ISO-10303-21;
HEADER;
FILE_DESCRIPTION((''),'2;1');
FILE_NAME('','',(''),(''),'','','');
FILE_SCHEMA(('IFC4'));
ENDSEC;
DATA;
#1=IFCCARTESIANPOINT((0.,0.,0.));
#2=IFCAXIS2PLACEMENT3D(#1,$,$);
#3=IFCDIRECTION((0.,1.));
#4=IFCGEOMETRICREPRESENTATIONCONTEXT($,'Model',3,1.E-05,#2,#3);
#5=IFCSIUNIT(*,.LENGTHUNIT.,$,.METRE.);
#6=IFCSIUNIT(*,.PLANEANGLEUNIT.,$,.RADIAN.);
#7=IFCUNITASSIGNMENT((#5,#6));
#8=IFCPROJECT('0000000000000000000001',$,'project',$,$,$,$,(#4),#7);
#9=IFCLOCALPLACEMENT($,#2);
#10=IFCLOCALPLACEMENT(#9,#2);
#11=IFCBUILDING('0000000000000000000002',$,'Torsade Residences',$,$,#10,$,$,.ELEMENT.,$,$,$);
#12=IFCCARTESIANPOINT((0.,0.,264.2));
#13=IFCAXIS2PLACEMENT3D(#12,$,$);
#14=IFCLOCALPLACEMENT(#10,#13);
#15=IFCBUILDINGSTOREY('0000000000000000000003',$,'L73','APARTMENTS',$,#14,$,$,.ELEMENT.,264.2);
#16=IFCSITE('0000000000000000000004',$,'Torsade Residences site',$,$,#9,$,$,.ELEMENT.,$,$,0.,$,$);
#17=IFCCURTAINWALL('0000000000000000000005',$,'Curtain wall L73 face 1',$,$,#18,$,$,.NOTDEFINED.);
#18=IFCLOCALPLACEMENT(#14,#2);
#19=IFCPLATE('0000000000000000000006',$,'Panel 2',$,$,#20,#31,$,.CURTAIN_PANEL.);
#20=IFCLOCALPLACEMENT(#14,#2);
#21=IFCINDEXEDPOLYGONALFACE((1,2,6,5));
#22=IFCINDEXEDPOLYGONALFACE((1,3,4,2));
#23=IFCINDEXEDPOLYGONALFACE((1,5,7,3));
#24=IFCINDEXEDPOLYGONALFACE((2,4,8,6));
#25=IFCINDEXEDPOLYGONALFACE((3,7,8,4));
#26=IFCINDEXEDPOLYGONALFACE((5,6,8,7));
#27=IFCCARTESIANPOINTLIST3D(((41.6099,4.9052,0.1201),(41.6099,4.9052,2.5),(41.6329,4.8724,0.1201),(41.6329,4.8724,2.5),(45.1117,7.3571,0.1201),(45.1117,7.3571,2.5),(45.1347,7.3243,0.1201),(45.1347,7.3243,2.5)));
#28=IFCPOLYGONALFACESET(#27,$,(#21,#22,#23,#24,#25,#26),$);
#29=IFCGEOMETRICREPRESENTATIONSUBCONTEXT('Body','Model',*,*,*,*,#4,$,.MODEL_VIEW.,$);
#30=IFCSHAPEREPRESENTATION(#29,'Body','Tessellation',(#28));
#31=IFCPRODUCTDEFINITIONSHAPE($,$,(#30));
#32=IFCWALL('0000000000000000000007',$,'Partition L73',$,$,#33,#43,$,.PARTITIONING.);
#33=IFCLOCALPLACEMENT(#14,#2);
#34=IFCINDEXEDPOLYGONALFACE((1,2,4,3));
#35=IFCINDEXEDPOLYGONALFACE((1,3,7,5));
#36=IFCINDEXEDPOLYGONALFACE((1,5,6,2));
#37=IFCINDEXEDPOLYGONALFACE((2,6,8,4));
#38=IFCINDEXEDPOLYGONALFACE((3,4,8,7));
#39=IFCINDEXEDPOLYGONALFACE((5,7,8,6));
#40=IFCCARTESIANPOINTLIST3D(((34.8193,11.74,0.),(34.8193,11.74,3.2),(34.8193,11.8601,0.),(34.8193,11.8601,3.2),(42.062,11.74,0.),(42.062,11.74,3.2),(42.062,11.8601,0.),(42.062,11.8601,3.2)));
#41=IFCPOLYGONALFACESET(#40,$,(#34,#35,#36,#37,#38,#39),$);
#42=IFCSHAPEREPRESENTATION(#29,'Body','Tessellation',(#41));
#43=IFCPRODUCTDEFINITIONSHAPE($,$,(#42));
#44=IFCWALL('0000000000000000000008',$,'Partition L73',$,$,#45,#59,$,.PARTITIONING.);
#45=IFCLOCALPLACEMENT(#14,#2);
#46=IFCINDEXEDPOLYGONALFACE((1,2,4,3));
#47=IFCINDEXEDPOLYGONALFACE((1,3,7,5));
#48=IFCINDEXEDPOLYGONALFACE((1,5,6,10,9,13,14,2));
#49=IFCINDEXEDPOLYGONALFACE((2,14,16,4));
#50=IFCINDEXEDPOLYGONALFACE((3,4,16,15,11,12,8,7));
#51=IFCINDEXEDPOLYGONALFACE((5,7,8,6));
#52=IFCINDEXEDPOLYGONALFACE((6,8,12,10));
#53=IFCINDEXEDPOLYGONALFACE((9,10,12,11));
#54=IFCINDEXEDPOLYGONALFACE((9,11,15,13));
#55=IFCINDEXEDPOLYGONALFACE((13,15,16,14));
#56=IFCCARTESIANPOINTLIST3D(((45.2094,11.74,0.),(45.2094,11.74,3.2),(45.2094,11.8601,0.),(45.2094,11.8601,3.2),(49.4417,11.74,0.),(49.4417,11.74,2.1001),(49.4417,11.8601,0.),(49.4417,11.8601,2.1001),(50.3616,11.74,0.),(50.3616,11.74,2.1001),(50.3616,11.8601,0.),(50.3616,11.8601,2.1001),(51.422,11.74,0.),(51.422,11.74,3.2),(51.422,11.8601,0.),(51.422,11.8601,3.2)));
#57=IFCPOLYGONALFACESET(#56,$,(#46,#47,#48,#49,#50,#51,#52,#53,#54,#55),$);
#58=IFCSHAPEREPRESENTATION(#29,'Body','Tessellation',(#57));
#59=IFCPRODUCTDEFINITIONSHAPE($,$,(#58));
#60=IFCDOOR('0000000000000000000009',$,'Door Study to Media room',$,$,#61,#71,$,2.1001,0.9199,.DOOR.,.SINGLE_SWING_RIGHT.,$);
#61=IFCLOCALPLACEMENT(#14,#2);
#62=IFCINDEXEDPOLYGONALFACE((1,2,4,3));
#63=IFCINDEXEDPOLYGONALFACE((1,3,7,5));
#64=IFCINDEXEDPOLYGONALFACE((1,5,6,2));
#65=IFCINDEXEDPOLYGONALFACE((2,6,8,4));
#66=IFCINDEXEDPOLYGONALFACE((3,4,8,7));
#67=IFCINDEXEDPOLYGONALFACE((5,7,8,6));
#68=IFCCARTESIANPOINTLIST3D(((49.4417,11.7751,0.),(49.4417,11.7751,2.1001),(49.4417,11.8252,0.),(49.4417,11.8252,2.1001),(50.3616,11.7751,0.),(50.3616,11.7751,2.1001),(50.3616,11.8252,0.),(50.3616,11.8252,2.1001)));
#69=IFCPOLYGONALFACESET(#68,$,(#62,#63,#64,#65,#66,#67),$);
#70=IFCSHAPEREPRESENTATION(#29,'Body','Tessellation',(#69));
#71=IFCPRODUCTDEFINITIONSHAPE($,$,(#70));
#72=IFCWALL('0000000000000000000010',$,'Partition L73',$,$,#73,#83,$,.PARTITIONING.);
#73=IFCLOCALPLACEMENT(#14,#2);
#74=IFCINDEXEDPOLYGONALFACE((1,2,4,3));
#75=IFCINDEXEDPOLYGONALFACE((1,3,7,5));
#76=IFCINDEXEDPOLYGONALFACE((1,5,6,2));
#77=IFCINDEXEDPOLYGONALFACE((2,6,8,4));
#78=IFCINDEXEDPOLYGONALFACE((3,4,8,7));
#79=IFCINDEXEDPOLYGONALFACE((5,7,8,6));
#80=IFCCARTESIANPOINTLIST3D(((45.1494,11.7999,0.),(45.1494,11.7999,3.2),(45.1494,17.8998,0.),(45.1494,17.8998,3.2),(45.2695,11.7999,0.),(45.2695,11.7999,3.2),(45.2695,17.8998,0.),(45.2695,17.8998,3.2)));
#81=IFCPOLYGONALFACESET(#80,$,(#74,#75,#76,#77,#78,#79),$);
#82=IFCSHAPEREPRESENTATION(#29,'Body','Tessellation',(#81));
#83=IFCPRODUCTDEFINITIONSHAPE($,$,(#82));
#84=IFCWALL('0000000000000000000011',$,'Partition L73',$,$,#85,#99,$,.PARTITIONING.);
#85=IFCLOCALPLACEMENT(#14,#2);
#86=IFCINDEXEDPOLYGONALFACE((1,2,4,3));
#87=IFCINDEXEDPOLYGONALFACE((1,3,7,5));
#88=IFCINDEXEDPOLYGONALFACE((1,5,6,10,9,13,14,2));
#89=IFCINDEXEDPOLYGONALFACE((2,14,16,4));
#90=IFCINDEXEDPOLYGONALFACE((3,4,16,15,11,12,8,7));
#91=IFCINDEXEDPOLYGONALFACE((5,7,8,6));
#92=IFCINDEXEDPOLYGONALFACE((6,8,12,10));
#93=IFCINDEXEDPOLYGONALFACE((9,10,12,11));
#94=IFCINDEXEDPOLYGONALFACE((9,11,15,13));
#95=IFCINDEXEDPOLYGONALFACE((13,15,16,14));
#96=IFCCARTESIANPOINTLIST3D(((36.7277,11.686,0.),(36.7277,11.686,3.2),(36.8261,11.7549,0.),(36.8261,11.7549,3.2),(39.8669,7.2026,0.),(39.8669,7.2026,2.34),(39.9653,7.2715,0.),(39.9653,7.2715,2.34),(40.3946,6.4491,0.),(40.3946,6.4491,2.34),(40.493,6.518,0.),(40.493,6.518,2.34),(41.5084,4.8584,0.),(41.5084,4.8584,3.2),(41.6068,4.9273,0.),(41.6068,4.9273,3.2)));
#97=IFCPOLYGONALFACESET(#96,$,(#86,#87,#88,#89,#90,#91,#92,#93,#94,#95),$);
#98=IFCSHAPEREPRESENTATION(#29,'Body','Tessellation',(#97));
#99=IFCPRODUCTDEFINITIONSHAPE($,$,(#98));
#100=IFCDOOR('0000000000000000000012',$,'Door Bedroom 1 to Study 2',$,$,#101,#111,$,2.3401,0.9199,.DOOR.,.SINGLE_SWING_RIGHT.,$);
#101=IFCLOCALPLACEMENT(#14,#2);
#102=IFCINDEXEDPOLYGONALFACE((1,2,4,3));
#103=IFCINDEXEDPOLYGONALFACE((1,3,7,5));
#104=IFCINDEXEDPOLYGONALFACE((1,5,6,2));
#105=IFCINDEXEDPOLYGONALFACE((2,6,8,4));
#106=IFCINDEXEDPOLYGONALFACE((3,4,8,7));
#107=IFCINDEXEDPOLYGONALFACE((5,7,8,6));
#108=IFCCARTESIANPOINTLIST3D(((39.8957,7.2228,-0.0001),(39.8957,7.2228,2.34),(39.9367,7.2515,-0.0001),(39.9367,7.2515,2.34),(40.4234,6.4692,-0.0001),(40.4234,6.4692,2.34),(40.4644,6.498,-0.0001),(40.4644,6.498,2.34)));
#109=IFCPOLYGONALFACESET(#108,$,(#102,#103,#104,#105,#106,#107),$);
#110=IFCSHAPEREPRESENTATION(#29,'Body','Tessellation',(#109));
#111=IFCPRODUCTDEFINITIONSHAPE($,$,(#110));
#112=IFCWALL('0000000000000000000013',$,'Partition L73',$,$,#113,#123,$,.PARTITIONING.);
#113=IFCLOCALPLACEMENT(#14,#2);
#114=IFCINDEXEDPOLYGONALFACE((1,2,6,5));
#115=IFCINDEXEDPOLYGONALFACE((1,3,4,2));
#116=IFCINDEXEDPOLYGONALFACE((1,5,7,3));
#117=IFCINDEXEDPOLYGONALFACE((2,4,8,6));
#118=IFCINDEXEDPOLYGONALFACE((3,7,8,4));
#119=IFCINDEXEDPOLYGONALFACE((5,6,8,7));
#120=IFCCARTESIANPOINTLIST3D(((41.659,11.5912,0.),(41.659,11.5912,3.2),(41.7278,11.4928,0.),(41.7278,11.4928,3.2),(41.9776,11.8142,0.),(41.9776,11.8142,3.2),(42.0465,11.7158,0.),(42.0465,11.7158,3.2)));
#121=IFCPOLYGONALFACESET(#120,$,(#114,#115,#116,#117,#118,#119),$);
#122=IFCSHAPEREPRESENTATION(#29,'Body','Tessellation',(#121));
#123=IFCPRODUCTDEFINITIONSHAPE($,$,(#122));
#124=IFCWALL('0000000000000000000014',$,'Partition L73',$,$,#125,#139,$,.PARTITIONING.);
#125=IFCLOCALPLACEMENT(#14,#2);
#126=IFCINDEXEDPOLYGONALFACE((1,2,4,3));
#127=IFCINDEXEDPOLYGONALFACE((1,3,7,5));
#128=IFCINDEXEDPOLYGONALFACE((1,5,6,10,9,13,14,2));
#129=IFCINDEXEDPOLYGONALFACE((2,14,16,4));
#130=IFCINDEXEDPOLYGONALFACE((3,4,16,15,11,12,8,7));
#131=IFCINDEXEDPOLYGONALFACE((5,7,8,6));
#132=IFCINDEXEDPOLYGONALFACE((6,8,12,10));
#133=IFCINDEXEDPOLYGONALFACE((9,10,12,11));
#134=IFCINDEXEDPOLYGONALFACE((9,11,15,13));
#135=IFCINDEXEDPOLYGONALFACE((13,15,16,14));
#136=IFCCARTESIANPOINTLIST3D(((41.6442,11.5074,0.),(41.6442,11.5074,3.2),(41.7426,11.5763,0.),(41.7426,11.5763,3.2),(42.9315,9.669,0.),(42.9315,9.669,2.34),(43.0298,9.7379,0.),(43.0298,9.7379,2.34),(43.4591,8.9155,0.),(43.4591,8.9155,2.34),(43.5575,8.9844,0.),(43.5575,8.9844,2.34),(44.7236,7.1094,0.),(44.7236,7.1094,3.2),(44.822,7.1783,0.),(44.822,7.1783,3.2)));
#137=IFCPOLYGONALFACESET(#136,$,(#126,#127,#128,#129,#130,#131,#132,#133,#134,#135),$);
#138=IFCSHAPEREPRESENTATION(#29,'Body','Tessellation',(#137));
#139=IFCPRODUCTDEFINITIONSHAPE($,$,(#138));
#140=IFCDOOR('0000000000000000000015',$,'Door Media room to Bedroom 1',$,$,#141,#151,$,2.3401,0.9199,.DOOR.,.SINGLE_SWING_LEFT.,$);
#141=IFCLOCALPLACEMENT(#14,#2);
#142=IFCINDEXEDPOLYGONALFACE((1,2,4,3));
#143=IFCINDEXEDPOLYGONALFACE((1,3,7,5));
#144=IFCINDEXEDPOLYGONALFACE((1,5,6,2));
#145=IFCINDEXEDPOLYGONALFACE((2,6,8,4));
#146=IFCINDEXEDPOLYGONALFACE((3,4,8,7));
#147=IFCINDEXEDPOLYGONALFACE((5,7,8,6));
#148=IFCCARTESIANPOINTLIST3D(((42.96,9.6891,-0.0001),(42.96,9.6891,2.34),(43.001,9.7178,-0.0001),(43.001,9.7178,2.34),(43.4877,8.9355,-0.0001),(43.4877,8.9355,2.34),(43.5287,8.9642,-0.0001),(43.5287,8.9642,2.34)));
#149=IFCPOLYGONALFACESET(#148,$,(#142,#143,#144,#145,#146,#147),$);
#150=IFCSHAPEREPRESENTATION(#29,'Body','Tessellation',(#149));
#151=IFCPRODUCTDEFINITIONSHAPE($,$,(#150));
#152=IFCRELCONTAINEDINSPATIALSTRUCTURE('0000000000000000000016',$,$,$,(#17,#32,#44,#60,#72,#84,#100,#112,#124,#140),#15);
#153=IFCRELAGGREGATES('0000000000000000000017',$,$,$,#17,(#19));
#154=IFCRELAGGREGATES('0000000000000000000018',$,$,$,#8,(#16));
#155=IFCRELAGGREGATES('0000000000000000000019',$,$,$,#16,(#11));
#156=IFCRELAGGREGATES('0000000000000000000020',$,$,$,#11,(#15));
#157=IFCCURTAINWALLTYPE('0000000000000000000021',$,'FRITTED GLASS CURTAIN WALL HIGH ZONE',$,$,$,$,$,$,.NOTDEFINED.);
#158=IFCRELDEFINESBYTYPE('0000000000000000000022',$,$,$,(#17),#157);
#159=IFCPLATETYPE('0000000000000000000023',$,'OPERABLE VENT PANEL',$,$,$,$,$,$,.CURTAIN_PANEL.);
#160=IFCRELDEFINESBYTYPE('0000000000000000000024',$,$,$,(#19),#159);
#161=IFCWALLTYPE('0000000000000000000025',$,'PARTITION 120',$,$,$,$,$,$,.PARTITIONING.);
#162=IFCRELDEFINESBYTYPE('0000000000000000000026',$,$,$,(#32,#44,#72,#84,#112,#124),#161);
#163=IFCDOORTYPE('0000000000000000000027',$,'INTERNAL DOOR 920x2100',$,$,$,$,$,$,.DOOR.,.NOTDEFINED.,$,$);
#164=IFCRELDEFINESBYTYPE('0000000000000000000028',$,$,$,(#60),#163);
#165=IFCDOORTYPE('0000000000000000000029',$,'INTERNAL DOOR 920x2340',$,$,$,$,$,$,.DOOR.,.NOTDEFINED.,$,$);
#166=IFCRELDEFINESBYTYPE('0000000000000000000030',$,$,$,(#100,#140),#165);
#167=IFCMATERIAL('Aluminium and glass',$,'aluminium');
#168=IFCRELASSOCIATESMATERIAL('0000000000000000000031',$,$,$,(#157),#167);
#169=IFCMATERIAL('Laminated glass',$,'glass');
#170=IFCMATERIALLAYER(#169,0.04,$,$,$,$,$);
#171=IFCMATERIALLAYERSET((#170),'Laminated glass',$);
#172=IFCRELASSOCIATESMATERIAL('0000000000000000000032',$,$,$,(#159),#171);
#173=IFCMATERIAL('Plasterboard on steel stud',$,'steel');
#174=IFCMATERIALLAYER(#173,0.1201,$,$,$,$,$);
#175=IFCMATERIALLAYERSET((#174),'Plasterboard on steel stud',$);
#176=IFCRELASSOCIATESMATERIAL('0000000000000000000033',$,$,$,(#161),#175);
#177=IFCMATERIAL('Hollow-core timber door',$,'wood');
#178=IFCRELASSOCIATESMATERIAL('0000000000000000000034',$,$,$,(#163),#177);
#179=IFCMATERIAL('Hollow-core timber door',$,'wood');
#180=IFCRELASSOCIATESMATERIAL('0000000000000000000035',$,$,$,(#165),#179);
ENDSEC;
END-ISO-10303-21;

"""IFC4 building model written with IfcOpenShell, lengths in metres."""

from ifc_helpers import new_model, si_unit, direction, frame, frame_2d, origin, origin_2d, place, context, subcontext, project, spatial, rectangle, extrude, material, layer, layer_set, type_object, element, fill, aggregate, save


model = new_model("IFC4")

# Units and contexts
model_context = context("Model", 3, precision=1e-05, world=origin(), true_north=direction((0.0, 1.0)))
body_context = subcontext(model_context, "Body", "Model", "MODEL_VIEW")
ifc_project = project(units=[si_unit("LENGTHUNIT", "METRE"), si_unit("PLANEANGLEUNIT", "RADIAN")], contexts=[model_context])

# Site, building, storey
site_placement = place(None, origin())
site = spatial("IfcSite", under=ifc_project, at=site_placement, Name="Torsade Residences site", CompositionType="ELEMENT", RefElevation=0.0)
building_placement = place(site_placement, origin())
building = spatial("IfcBuilding", under=site, at=building_placement, Name="Torsade Residences", CompositionType="ELEMENT")
storey_placement = place(building_placement, frame((0.0, 0.0, 264.2)))
storey = spatial("IfcBuildingStorey", under=building, at=storey_placement, Name="L73", Description="APARTMENTS", CompositionType="ELEMENT", Elevation=264.2)

# Curtain wall
ifc_material_1 = material(Name="Aluminium and glass", Category="aluminium")
curtain_wall_type = type_object("IfcCurtainWallType", Name="FRITTED GLASS CURTAIN WALL HIGH ZONE", PredefinedType="NOTDEFINED", material=ifc_material_1)
curtain_wall_placement = place(storey_placement, origin())
curtain_wall = element("IfcCurtainWall", 1, at=curtain_wall_placement, inside=storey, type_object=curtain_wall_type, Name="Curtain wall L73 face 1", PredefinedType="NOTDEFINED")

# Plate
ifc_material_2 = material(Name="Laminated glass", Category="glass")
ifc_layer_1 = layer(ifc_material_2, 0.04)
ifc_layer_set_1 = layer_set([ifc_layer_1], Name="Laminated glass")
plate_type_1 = type_object("IfcPlateType", Name="OPERABLE VENT PANEL", PredefinedType="CURTAIN_PANEL", material=ifc_layer_set_1)
plate_1_placement = place(storey_placement, frame((43.3723, 6.1147, 0.1201), z_axis=(0.0, 0.0, 1.0), x_axis=(0.819152, 0.573576, 0.0)))
plate_1 = element("IfcPlate", 2, at=plate_1_placement, type_object=plate_type_1, Name="Panel 2", PredefinedType="CURTAIN_PANEL", context=body_context, shape_type="SweptSolid", body=[
    extrude(rectangle(XDim=4.2749, YDim=0.04, at=origin_2d()), origin(), (0.0, 0.0, 1.0), 2.3799),
])
aggregate(curtain_wall, [plate_1])

# Wall
ifc_material_3 = material(Name="Plasterboard on steel stud", Category="steel")
ifc_layer_2 = layer(ifc_material_3, 0.1201)
ifc_layer_set_2 = layer_set([ifc_layer_2], Name="Plasterboard on steel stud")
wall_type = type_object("IfcWallType", Name="PARTITION 120", PredefinedType="PARTITIONING", material=ifc_layer_set_2)
wall_1_placement = place(storey_placement, frame((42.062, 11.8, 0.0), z_axis=(0.0, 0.0, 1.0), x_axis=(-1.0, 0.0, 0.0)))
element("IfcWall", 3, at=wall_1_placement, inside=storey, type_object=wall_type, Name="Partition L73", PredefinedType="PARTITIONING", context=body_context, shape_type="SweptSolid", body=[
    extrude(rectangle(XDim=7.2427, YDim=0.1201, at=frame_2d((3.6213, 0.0))), origin(), (0.0, 0.0, 1.0), 3.2),
])

# Wall, opening, door
wall_2_placement = place(storey_placement, frame((51.4221, 11.8, 0.0), z_axis=(0.0, 0.0, 1.0), x_axis=(-1.0, 0.0, 0.0)))
wall_2 = element("IfcWall", 4, at=wall_2_placement, inside=storey, type_object=wall_type, Name="Partition L73", PredefinedType="PARTITIONING", context=body_context, shape_type="SweptSolid", body=[
    extrude(rectangle(XDim=6.2126, YDim=0.1201, at=frame_2d((3.1064, 0.0))), origin(), (0.0, 0.0, 1.0), 3.2),
])
opening_1_placement = place(wall_2_placement, frame((1.0605, 0.0, 0.0)))
opening_1 = element("IfcOpeningElement", 5, at=opening_1_placement, cuts=wall_2, PredefinedType="OPENING", context=body_context, shape_type="SweptSolid", body=[
    extrude(rectangle(XDim=0.9199, YDim=2.1001, at=frame_2d((0.46, 1.05))), frame((0.0, 0.0701, 0.0), z_axis=(0.0, -1.0, 0.0), x_axis=(1.0, 0.0, 0.0)), (0.0, 0.0, 1.0), 0.1401),
])
ifc_material_4 = material(Name="Hollow-core timber door", Category="wood")
door_type_1 = type_object("IfcDoorType", Name="INTERNAL DOOR 920x2100", OperationType="NOTDEFINED", PredefinedType="DOOR", material=ifc_material_4)
door_1_placement = place(opening_1_placement, origin())
door_1 = element("IfcDoor", 6, at=door_1_placement, inside=storey, type_object=door_type_1, Name="Door Study to Media room", OperationType="SINGLE_SWING_RIGHT", OverallHeight=2.1001, OverallWidth=0.9199, PredefinedType="DOOR", context=body_context, shape_type="SweptSolid", body=[
    extrude(rectangle(XDim=0.9199, YDim=2.1001, at=frame_2d((0.46, 1.05))), frame((0.0, 0.0249, 0.0), z_axis=(0.0, -1.0, 0.0), x_axis=(1.0, 0.0, 0.0)), (0.0, 0.0, 1.0), 0.05),
])
fill(opening_1, door_1)

# Wall
wall_3_placement = place(storey_placement, frame((45.2095, 11.8, 0.0), z_axis=(0.0, 0.0, 1.0), x_axis=(0.0, 1.0, 0.0)))
element("IfcWall", 7, at=wall_3_placement, inside=storey, type_object=wall_type, Name="Partition L73", PredefinedType="PARTITIONING", context=body_context, shape_type="SweptSolid", body=[
    extrude(rectangle(XDim=6.0999, YDim=0.1201, at=frame_2d((3.0498, 0.0))), origin(), (0.0, 0.0, 1.0), 3.2),
])

# Wall, opening, door
wall_4_placement = place(storey_placement, frame((41.5576, 4.8928, 0.0), z_axis=(0.0, 0.0, 1.0), x_axis=(-0.573576, 0.819152, 0.0)))
wall_4 = element("IfcWall", 8, at=wall_4_placement, inside=storey, type_object=wall_type, Name="Partition L73", PredefinedType="PARTITIONING", context=body_context, shape_type="SweptSolid", body=[
    extrude(rectangle(XDim=8.335, YDim=0.1201, at=frame_2d((4.1675, 0.0))), origin(), (0.0, 0.0, 1.0), 3.2),
])
opening_2_placement = place(wall_4_placement, frame((1.9419, 0.0, 0.0)))
opening_2 = element("IfcOpeningElement", 9, at=opening_2_placement, cuts=wall_4, PredefinedType="OPENING", context=body_context, shape_type="SweptSolid", body=[
    extrude(rectangle(XDim=0.9199, YDim=2.3401, at=frame_2d((0.46, 1.1699))), frame((0.0, 0.0701, 0.0), z_axis=(0.0, -1.0, 0.0), x_axis=(1.0, 0.0, 0.0)), (0.0, 0.0, 1.0), 0.1401),
])
ifc_material_5 = material(Name="Hollow-core timber door", Category="wood")
door_type_2 = type_object("IfcDoorType", Name="INTERNAL DOOR 920x2340", OperationType="NOTDEFINED", PredefinedType="DOOR", material=ifc_material_5)
door_2_placement = place(opening_2_placement, origin())
door_2 = element("IfcDoor", 10, at=door_2_placement, inside=storey, type_object=door_type_2, Name="Door Bedroom 1 to Study 2", OperationType="SINGLE_SWING_RIGHT", OverallHeight=2.3401, OverallWidth=0.9199, PredefinedType="DOOR", context=body_context, shape_type="SweptSolid", body=[
    extrude(rectangle(XDim=0.9199, YDim=2.3401, at=frame_2d((0.46, 1.1699))), frame((0.0, 0.0249, 0.0), z_axis=(0.0, -1.0, 0.0), x_axis=(1.0, 0.0, 0.0)), (0.0, 0.0, 1.0), 0.05),
])
fill(opening_2, door_2)

# Wall
wall_5_placement = place(storey_placement, frame((42.012, 11.7649, 0.0), z_axis=(0.0, 0.0, 1.0), x_axis=(-0.819379, -0.573252, 0.0)))
element("IfcWall", 11, at=wall_5_placement, inside=storey, type_object=wall_type, Name="Partition L73", PredefinedType="PARTITIONING", context=body_context, shape_type="SweptSolid", body=[
    extrude(rectangle(XDim=0.3889, YDim=0.1201, at=frame_2d((0.1943, 0.0))), origin(), (0.0, 0.0, 1.0), 3.2),
])

# Wall, opening, door
wall_6_placement = place(storey_placement, frame((41.6934, 11.542, 0.0), z_axis=(0.0, 0.0, 1.0), x_axis=(0.57356, -0.819164, 0.0)))
wall_6 = element("IfcWall", 12, at=wall_6_placement, inside=storey, type_object=wall_type, Name="Partition L73", PredefinedType="PARTITIONING", context=body_context, shape_type="SweptSolid", body=[
    extrude(rectangle(XDim=5.3689, YDim=0.1201, at=frame_2d((2.6846, 0.0))), origin(), (0.0, 0.0, 1.0), 3.2),
])
opening_3_placement = place(wall_6_placement, frame((2.2444, 0.0, 0.0)))
opening_3 = element("IfcOpeningElement", 13, at=opening_3_placement, cuts=wall_6, PredefinedType="OPENING", context=body_context, shape_type="SweptSolid", body=[
    extrude(rectangle(XDim=0.9199, YDim=2.3401, at=frame_2d((0.46, 1.1699))), frame((0.0, 0.0701, 0.0), z_axis=(0.0, -1.0, 0.0), x_axis=(1.0, 0.0, 0.0)), (0.0, 0.0, 1.0), 0.1401),
])
door_3_placement = place(opening_3_placement, origin())
door_3 = element("IfcDoor", 14, at=door_3_placement, inside=storey, type_object=door_type_2, Name="Door Media room to Bedroom 1", OperationType="SINGLE_SWING_LEFT", OverallHeight=2.3401, OverallWidth=0.9199, PredefinedType="DOOR", context=body_context, shape_type="SweptSolid", body=[
    extrude(rectangle(XDim=0.9199, YDim=2.3401, at=frame_2d((0.46, 1.1699))), frame((0.0, 0.0249, 0.0), z_axis=(0.0, -1.0, 0.0), x_axis=(1.0, 0.0, 0.0)), (0.0, 0.0, 1.0), 0.05),
])
fill(opening_3, door_3)

save(model, "model.ifc")
